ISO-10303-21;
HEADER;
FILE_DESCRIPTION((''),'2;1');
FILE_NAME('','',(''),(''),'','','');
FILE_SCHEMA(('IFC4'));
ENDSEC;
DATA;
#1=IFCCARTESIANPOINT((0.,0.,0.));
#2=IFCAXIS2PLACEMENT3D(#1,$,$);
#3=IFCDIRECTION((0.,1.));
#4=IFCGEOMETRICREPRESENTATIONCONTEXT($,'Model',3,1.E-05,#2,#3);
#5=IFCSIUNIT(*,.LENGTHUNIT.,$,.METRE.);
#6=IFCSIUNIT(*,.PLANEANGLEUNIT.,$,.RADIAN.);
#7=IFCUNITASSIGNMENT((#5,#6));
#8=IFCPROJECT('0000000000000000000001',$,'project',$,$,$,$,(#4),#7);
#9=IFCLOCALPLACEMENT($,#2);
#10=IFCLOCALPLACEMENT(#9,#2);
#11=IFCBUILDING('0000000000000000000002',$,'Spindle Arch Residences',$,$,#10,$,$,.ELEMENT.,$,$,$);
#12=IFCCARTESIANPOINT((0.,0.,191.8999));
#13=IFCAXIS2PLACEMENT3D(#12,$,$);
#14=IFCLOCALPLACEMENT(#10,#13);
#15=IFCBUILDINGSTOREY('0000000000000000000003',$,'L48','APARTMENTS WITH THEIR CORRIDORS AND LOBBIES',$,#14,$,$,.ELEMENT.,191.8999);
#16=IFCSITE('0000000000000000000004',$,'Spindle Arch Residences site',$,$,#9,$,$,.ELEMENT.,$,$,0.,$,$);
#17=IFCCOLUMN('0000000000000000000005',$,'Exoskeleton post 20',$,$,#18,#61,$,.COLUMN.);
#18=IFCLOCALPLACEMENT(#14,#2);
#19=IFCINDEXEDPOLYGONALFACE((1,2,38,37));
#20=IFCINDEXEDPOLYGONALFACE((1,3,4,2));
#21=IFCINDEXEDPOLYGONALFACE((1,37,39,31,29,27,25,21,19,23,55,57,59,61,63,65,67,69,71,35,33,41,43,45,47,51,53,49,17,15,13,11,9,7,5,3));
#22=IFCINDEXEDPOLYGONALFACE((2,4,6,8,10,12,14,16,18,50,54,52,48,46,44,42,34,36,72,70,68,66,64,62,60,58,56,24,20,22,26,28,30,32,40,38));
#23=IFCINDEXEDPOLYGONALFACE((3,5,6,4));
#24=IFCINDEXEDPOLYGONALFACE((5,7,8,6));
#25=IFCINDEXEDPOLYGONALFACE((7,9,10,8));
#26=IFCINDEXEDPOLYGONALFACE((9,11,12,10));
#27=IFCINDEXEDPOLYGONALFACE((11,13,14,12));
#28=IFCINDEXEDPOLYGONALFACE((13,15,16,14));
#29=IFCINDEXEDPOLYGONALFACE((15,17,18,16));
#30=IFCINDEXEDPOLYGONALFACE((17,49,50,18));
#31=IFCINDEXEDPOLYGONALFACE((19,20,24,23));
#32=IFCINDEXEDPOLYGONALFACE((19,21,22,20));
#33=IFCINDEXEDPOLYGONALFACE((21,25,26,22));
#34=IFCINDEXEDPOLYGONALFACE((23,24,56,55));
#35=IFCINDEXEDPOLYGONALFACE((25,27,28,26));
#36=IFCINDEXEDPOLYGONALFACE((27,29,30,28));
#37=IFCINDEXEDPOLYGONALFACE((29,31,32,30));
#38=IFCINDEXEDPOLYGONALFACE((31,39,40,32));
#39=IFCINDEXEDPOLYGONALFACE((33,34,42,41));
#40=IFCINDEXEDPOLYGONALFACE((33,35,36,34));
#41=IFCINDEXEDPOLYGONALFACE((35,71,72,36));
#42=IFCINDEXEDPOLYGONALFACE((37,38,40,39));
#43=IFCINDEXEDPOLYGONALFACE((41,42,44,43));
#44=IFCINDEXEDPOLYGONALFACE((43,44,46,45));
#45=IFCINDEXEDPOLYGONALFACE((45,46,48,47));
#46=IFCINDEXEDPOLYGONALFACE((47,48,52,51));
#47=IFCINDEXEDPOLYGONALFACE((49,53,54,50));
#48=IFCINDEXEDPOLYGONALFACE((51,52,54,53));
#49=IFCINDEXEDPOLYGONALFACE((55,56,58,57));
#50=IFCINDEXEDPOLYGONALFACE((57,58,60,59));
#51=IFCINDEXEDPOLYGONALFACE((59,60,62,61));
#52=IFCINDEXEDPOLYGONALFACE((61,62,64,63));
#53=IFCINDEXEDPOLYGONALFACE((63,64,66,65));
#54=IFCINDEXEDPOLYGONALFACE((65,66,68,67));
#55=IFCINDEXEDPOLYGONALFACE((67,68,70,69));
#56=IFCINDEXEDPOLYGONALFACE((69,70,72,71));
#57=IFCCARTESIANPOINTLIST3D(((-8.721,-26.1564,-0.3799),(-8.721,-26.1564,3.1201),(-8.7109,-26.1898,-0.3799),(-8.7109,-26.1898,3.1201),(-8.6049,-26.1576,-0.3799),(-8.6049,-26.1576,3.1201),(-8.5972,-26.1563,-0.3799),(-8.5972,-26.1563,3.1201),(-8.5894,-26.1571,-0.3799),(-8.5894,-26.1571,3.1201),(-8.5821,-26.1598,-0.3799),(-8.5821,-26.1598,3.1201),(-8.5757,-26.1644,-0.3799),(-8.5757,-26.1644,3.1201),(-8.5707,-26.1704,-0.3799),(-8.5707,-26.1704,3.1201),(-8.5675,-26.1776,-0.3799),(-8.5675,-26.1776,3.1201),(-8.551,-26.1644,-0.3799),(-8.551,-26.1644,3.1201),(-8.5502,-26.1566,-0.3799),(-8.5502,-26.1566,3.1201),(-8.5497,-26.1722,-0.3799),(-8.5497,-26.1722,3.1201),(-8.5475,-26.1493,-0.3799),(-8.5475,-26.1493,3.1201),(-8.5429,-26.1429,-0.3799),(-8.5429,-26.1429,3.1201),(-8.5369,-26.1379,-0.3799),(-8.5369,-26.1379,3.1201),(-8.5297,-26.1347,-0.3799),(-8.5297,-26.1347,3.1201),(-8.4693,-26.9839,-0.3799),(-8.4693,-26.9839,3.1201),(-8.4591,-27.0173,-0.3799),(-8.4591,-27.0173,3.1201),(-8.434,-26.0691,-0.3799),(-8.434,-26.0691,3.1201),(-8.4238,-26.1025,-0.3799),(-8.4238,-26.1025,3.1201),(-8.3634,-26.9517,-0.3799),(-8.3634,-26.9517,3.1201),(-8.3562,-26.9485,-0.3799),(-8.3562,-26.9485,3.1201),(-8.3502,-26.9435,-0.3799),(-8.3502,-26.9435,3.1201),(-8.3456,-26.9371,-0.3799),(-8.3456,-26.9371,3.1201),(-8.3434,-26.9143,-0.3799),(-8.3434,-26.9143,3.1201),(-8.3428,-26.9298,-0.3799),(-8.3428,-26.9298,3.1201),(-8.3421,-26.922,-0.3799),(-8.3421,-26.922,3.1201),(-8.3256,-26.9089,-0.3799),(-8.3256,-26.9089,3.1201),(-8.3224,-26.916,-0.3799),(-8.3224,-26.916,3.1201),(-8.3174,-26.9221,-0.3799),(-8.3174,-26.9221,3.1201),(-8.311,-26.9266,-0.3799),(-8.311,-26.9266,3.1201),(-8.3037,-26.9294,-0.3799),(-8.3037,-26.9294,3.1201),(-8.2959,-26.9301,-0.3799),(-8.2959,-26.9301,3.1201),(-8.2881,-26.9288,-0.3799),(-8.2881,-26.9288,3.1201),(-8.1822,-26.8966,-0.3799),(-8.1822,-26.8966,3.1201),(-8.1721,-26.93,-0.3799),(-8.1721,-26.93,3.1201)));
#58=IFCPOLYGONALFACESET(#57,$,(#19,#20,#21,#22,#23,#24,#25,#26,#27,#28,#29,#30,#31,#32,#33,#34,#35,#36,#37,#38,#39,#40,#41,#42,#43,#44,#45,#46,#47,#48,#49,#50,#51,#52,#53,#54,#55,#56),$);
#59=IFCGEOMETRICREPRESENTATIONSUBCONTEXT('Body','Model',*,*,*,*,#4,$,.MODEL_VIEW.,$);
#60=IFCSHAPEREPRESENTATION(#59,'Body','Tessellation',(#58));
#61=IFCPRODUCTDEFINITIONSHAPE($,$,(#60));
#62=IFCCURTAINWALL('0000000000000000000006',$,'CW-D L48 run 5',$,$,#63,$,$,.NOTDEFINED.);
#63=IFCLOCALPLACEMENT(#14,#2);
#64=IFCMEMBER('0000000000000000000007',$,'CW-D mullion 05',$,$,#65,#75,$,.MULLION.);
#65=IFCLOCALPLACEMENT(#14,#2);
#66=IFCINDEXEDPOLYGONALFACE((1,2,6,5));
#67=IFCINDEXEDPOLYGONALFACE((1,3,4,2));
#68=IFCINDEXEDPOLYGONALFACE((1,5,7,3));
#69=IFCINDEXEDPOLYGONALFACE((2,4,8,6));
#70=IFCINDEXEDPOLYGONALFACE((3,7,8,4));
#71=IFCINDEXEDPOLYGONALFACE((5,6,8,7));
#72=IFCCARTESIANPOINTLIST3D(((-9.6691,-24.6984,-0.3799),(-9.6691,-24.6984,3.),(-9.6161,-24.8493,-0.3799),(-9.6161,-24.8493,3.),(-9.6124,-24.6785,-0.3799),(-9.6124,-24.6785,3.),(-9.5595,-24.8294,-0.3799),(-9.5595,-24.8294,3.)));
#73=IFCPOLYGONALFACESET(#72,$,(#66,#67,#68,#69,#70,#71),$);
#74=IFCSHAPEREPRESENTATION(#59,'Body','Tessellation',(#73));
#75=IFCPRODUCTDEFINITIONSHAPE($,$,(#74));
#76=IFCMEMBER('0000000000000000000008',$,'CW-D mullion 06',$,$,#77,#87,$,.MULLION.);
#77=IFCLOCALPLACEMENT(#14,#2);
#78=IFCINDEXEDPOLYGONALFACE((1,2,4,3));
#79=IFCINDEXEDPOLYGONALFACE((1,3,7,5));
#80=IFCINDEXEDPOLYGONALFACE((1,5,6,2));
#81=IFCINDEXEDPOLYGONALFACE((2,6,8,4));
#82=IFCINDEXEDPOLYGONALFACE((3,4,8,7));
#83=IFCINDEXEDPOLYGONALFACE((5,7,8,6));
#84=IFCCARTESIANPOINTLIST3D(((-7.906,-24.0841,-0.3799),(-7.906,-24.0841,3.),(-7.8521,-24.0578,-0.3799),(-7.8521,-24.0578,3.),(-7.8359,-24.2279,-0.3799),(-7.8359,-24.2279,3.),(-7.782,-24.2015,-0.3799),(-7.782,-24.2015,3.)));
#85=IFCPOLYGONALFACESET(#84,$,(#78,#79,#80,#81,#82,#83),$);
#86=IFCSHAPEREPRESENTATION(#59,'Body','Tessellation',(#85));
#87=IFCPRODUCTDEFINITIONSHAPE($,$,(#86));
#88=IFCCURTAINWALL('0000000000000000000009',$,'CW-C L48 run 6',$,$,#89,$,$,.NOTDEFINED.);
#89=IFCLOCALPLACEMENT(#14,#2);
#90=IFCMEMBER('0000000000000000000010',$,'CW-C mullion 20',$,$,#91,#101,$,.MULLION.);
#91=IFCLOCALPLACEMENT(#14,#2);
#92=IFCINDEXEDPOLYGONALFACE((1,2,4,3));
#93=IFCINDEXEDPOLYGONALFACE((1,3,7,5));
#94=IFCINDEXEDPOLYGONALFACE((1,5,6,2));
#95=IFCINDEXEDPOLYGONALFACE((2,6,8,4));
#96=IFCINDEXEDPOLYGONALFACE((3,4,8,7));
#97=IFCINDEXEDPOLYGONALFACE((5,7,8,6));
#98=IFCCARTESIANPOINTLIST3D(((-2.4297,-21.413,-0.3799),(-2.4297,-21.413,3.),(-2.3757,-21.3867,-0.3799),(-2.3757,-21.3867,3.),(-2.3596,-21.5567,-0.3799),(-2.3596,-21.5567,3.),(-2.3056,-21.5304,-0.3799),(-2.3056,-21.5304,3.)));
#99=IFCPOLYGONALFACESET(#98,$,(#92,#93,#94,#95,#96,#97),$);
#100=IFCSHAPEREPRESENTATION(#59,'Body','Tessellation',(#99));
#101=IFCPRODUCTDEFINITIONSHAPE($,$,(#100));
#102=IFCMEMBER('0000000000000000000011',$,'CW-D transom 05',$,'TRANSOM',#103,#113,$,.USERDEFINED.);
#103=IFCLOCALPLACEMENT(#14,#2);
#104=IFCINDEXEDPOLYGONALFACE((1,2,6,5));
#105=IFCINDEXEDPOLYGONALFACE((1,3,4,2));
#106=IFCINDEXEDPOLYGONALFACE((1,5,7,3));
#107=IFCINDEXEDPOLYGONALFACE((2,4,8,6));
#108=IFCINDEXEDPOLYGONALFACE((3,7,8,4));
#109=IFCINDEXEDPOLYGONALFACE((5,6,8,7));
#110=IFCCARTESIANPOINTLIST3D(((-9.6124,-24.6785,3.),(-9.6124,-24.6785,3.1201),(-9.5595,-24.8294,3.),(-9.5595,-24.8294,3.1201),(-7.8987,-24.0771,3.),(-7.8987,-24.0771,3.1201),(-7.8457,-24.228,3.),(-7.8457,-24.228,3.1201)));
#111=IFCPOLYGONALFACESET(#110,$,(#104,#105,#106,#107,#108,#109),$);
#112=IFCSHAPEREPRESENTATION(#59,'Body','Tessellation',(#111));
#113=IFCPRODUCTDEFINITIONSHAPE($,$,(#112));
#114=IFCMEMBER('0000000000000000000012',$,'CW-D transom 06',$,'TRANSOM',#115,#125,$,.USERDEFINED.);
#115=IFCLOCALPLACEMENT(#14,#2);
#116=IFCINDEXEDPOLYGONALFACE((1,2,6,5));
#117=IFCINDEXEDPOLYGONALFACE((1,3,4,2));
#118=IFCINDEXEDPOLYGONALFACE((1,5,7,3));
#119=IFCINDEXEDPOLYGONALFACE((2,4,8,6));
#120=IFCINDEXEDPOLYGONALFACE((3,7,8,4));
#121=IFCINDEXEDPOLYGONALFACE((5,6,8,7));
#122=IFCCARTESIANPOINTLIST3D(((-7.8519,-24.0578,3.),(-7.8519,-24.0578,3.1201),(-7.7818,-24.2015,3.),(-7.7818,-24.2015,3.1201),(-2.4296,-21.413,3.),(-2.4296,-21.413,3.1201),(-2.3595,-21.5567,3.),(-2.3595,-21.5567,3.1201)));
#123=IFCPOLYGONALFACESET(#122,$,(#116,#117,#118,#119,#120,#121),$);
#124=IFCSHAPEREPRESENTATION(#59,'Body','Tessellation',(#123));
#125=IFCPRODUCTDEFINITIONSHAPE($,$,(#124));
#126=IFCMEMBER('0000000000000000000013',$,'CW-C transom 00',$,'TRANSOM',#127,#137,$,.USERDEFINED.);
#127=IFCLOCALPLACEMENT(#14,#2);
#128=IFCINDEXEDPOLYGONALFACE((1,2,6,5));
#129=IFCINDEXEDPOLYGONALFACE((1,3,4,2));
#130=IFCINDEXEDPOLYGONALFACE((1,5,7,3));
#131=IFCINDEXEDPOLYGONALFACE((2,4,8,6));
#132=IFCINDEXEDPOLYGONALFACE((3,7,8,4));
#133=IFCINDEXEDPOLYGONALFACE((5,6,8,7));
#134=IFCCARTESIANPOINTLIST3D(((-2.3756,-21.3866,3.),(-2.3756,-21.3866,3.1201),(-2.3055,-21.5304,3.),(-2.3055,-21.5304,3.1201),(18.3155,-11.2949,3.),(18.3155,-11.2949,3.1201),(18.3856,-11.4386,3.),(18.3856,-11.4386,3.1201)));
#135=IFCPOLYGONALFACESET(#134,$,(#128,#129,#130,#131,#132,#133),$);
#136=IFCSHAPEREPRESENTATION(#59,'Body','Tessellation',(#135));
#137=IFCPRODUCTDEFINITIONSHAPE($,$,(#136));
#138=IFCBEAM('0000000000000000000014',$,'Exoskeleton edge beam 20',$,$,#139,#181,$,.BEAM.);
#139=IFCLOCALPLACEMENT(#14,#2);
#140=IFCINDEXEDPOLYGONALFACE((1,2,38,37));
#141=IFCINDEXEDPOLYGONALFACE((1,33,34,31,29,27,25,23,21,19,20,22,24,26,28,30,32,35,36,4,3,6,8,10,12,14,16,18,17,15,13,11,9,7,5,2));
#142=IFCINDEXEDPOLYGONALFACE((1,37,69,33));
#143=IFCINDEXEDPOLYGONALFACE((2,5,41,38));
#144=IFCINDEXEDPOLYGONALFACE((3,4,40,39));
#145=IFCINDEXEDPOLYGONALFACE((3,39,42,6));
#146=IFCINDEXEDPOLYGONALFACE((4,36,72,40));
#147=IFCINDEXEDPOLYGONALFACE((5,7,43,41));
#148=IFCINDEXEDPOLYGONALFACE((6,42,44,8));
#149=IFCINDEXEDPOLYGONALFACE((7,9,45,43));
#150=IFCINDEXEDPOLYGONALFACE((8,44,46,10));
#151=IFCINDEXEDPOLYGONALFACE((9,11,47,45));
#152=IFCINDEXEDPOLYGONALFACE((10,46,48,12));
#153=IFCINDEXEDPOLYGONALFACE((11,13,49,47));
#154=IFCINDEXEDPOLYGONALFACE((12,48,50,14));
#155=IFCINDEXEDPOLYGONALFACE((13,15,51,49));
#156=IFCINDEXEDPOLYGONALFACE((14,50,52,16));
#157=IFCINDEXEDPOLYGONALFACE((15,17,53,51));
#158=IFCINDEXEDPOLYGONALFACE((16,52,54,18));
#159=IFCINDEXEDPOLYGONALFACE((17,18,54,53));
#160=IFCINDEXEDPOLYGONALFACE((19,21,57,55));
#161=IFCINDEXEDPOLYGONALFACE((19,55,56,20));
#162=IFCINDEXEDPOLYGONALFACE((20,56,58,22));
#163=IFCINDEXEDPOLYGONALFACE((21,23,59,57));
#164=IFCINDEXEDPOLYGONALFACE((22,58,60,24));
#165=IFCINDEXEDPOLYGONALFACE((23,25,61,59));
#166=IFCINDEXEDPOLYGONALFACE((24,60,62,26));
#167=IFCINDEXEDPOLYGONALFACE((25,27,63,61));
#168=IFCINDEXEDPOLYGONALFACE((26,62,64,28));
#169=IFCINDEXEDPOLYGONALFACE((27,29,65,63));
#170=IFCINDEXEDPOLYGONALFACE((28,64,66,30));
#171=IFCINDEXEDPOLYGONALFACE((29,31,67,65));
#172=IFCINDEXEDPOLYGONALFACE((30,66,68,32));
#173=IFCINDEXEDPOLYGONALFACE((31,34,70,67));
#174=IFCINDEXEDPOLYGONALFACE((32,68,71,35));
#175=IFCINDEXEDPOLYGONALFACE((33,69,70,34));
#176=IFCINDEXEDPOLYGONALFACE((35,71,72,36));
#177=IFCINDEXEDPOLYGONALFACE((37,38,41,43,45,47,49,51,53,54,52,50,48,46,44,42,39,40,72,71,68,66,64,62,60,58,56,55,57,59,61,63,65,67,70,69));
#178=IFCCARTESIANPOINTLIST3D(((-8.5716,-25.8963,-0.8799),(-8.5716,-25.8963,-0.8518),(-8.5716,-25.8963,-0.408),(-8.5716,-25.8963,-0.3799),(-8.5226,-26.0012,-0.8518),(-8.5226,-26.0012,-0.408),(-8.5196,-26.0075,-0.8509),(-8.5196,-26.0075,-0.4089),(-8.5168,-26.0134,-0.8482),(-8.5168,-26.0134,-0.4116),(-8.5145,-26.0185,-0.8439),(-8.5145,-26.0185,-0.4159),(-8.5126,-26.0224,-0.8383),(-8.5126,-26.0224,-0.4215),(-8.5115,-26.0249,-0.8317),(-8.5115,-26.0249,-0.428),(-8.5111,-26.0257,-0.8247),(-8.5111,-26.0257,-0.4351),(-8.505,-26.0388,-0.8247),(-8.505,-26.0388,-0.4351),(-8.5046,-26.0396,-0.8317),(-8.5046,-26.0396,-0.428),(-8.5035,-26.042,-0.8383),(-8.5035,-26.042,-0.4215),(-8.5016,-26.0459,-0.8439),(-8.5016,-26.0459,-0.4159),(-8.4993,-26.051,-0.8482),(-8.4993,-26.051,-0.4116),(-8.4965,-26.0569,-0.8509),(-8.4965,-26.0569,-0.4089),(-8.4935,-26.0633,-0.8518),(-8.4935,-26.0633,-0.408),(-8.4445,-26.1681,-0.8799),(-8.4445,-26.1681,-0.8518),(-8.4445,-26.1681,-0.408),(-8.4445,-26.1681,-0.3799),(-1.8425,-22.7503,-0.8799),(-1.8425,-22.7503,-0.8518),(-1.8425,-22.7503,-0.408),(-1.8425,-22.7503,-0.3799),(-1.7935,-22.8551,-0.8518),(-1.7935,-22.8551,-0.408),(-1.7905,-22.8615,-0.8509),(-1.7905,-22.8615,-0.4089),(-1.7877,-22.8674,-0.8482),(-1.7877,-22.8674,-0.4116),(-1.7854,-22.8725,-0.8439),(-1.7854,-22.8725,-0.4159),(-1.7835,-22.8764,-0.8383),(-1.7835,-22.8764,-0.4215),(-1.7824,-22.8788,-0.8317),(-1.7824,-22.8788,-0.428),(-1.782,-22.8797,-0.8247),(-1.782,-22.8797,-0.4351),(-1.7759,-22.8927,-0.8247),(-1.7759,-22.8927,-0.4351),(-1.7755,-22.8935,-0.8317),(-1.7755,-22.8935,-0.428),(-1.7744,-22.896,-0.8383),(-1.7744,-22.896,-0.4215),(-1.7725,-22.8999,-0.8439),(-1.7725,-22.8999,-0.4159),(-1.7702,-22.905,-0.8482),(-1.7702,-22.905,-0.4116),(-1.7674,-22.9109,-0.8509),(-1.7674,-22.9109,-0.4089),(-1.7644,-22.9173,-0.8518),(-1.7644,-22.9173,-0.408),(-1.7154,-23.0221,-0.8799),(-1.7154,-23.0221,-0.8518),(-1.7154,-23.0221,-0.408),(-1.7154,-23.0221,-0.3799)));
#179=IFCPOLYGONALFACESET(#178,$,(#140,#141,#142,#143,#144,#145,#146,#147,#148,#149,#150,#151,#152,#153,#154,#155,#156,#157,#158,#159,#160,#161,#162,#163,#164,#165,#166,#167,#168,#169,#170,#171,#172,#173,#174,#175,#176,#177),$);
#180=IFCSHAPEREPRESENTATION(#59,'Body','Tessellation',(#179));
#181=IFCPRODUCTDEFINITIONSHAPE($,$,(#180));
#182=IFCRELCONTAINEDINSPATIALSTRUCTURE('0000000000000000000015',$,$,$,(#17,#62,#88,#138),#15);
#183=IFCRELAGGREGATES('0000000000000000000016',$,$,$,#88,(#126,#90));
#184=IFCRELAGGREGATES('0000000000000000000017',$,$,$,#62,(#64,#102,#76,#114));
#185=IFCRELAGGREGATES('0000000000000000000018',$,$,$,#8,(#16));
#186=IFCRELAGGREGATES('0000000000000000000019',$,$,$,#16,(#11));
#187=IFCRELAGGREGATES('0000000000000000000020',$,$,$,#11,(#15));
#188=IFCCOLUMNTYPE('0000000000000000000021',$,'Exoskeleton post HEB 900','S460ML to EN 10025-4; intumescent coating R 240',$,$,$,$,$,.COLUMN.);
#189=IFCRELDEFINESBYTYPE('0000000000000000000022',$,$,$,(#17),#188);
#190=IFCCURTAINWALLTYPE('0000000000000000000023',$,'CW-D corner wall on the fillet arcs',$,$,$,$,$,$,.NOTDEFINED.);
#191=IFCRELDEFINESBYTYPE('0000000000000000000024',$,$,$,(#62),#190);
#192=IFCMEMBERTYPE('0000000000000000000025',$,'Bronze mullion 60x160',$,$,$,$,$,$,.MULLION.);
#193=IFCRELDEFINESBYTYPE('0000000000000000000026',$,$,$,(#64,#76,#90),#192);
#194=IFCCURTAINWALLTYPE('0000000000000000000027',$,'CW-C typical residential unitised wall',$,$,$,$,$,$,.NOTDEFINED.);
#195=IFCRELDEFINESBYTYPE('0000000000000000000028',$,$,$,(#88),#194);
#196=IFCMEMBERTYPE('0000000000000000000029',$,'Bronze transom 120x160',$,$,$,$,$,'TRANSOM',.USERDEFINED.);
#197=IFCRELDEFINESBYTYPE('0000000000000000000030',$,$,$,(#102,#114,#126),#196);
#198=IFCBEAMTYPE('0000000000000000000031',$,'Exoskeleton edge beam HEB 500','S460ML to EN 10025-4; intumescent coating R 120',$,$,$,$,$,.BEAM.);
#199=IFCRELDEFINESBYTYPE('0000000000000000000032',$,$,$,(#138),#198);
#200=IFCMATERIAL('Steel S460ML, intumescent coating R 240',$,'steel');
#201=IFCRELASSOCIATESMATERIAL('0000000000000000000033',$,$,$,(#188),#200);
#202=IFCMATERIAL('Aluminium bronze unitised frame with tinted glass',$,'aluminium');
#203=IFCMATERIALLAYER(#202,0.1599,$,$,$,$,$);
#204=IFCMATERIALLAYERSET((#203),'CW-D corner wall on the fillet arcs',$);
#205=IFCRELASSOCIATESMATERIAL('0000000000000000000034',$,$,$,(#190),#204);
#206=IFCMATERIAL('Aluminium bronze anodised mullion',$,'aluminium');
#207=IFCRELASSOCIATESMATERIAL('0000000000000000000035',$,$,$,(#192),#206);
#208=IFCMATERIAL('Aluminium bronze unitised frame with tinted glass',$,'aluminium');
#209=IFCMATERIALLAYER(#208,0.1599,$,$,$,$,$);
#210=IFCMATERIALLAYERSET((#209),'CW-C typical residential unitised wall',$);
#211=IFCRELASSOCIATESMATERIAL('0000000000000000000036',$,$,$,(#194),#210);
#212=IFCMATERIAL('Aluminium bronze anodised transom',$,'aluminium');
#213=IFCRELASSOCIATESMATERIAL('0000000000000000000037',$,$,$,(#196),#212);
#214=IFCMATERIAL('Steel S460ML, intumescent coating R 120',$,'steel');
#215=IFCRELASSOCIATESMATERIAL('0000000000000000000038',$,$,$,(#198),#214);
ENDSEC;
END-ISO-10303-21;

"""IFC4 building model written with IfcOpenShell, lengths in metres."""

from ifc_helpers import new_model, si_unit, direction, frame, origin, origin_2d, place, context, subcontext, project, spatial, rectangle, i_section, extrude, material, layer, layer_set, material_profile, profile_set, type_object, element, aggregate, save


model = new_model("IFC4")

# Units and contexts
model_context = context("Model", 3, precision=1e-05, world=origin(), true_north=direction((0.0, 1.0)))
body_context = subcontext(model_context, "Body", "Model", "MODEL_VIEW")
ifc_project = project(units=[si_unit("LENGTHUNIT", "METRE"), si_unit("PLANEANGLEUNIT", "RADIAN")], contexts=[model_context])

# Site, building, storey
site_placement = place(None, origin())
site = spatial("IfcSite", under=ifc_project, at=site_placement, Name="Spindle Arch Residences site", CompositionType="ELEMENT", RefElevation=0.0)
building_placement = place(site_placement, origin())
building = spatial("IfcBuilding", under=site, at=building_placement, Name="Spindle Arch Residences", CompositionType="ELEMENT")
storey_placement = place(building_placement, frame((0.0, 0.0, 191.8999)))
storey = spatial("IfcBuildingStorey", under=building, at=storey_placement, Name="L48", Description="APARTMENTS WITH THEIR CORRIDORS AND LOBBIES", CompositionType="ELEMENT", Elevation=191.8999)

# Column
ifc_material_1 = material(Name="Steel S460ML, intumescent coating R 240", Category="steel")
ifc_material_profile_1 = material_profile(ifc_material_1, i_section(OverallWidth=0.3, OverallDepth=0.8999, WebThickness=0.0186, FlangeThickness=0.0349, FilletRadius=0.03, at=origin_2d()), Name="HEB 900")
ifc_profile_set_1 = profile_set([ifc_material_profile_1], Name="Steel S460ML, intumescent coating R 240")
column_type = type_object("IfcColumnType", Name="Exoskeleton post HEB 900", Description="S460ML to EN 10025-4; intumescent coating R 240", PredefinedType="COLUMN", material=ifc_profile_set_1)
column_placement = place(storey_placement, frame((-8.4465, -26.5432, -0.3799), z_axis=(0.0, 0.0, 1.0), x_axis=(-0.956715, -0.291028, 0.0)))
element("IfcColumn", 1, at=column_placement, inside=storey, type_object=column_type, Name="Exoskeleton post 20", PredefinedType="COLUMN", context=body_context, shape_type="SweptSolid", body=[
    extrude(i_section(OverallWidth=0.3, OverallDepth=0.8999, WebThickness=0.0186, FlangeThickness=0.0349, FilletRadius=0.03, at=origin_2d()), origin(), (0.0, 0.0, 1.0), 3.5),
])

# Curtain wall, members
ifc_material_2 = material(Name="Aluminium bronze unitised frame with tinted glass", Category="aluminium")
ifc_layer_1 = layer(ifc_material_2, 0.1599)
ifc_layer_set_1 = layer_set([ifc_layer_1], Name="CW-D corner wall on the fillet arcs")
curtain_wall_type_1 = type_object("IfcCurtainWallType", Name="CW-D corner wall on the fillet arcs", PredefinedType="NOTDEFINED", material=ifc_layer_set_1)
curtain_wall_1_placement = place(storey_placement, origin())
curtain_wall_1 = element("IfcCurtainWall", 2, at=curtain_wall_1_placement, inside=storey, type_object=curtain_wall_type_1, Name="CW-D L48 run 5", PredefinedType="NOTDEFINED")
ifc_material_3 = material(Name="Aluminium bronze anodised mullion", Category="aluminium")
ifc_material_profile_2 = material_profile(ifc_material_3, rectangle(XDim=0.1599, YDim=0.0601, at=origin_2d()), Name="MU 60x160")
ifc_profile_set_2 = profile_set([ifc_material_profile_2], Name="Aluminium bronze anodised mullion")
member_type_1 = type_object("IfcMemberType", Name="Bronze mullion 60x160", PredefinedType="MULLION", material=ifc_profile_set_2)
member_1_placement = place(storey_placement, frame((-9.6143, -24.7639, -0.3799), z_axis=(0.0, 0.0, 1.0), x_axis=(-0.331063, 0.943609, 0.0)))
member_1 = element("IfcMember", 3, at=member_1_placement, type_object=member_type_1, Name="CW-D mullion 05", PredefinedType="MULLION", context=body_context, shape_type="SweptSolid", body=[
    extrude(rectangle(XDim=0.1599, YDim=0.0601, at=origin_2d()), origin(), (0.0, 0.0, 1.0), 3.3799),
])
member_2_placement = place(storey_placement, frame((-7.844, -24.1428, -0.3799), z_axis=(0.0, 0.0, 1.0), x_axis=(-0.438371, 0.898794, 0.0)))
member_2 = element("IfcMember", 4, at=member_2_placement, type_object=member_type_1, Name="CW-D mullion 06", PredefinedType="MULLION", context=body_context, shape_type="SweptSolid", body=[
    extrude(rectangle(XDim=0.1599, YDim=0.0601, at=origin_2d()), origin(), (0.0, 0.0, 1.0), 3.3799),
])

# Curtain wall, member
ifc_material_4 = material(Name="Aluminium bronze unitised frame with tinted glass", Category="aluminium")
ifc_layer_2 = layer(ifc_material_4, 0.1599)
ifc_layer_set_2 = layer_set([ifc_layer_2], Name="CW-C typical residential unitised wall")
curtain_wall_type_2 = type_object("IfcCurtainWallType", Name="CW-C typical residential unitised wall", PredefinedType="NOTDEFINED", material=ifc_layer_set_2)
curtain_wall_2_placement = place(storey_placement, origin())
curtain_wall_2 = element("IfcCurtainWall", 5, at=curtain_wall_2_placement, inside=storey, type_object=curtain_wall_type_2, Name="CW-C L48 run 6", PredefinedType="NOTDEFINED")
member_3_placement = place(storey_placement, frame((-2.3677, -21.4717, -0.3799), z_axis=(0.0, 0.0, 1.0), x_axis=(-0.438371, 0.898794, 0.0)))
member_3 = element("IfcMember", 6, at=member_3_placement, type_object=member_type_1, Name="CW-C mullion 20", PredefinedType="MULLION", context=body_context, shape_type="SweptSolid", body=[
    extrude(rectangle(XDim=0.1599, YDim=0.0601, at=origin_2d()), origin(), (0.0, 0.0, 1.0), 3.3799),
])

# Members
ifc_material_5 = material(Name="Aluminium bronze anodised transom", Category="aluminium")
ifc_material_profile_3 = material_profile(ifc_material_5, rectangle(XDim=0.1599, YDim=0.1201, at=origin_2d()), Name="TR 120x160")
ifc_profile_set_3 = profile_set([ifc_material_profile_3], Name="Aluminium bronze anodised transom")
member_type_2 = type_object("IfcMemberType", Name="Bronze transom 120x160", ElementType="TRANSOM", PredefinedType="USERDEFINED", material=ifc_profile_set_3)
member_4_placement = place(storey_placement, frame((-9.5859, -24.7539, 3.0601), z_axis=(0.943592, 0.331111, 0.0), x_axis=(-0.331111, 0.943592, 0.0)))
member_4 = element("IfcMember", 7, at=member_4_placement, type_object=member_type_2, Name="CW-D transom 05", ObjectType="TRANSOM", PredefinedType="USERDEFINED", context=body_context, shape_type="SweptSolid", body=[
    extrude(rectangle(XDim=0.1599, YDim=0.1201, at=origin_2d()), origin(), (0.0, 0.0, 1.0), 1.8162),
])
member_5_placement = place(storey_placement, frame((-7.8169, -24.1296, 3.0601), z_axis=(0.898787, 0.438386, 0.0), x_axis=(-0.438386, 0.898787, 0.0)))
member_5 = element("IfcMember", 8, at=member_5_placement, type_object=member_type_2, Name="CW-D transom 06", ObjectType="TRANSOM", PredefinedType="USERDEFINED", context=body_context, shape_type="SweptSolid", body=[
    extrude(rectangle(XDim=0.1599, YDim=0.1201, at=origin_2d()), origin(), (0.0, 0.0, 1.0), 6.033),
])
member_6_placement = place(storey_placement, frame((-2.3406, -21.4585, 3.0601), z_axis=(0.898793, 0.438373, 0.0), x_axis=(-0.438373, 0.898793, 0.0)))
member_6 = element("IfcMember", 9, at=member_6_placement, type_object=member_type_2, Name="CW-C transom 00", ObjectType="TRANSOM", PredefinedType="USERDEFINED", context=body_context, shape_type="SweptSolid", body=[
    extrude(rectangle(XDim=0.1599, YDim=0.1201, at=origin_2d()), origin(), (0.0, 0.0, 1.0), 23.021),
])
aggregate(curtain_wall_2, [member_6, member_3])

# Beam
ifc_material_6 = material(Name="Steel S460ML, intumescent coating R 120", Category="steel")
ifc_material_profile_4 = material_profile(ifc_material_6, i_section(OverallWidth=0.3, OverallDepth=0.5, WebThickness=0.0144, FlangeThickness=0.0281, FilletRadius=0.0271, at=origin_2d()), Name="HEB 500")
ifc_profile_set_4 = profile_set([ifc_material_profile_4], Name="Steel S460ML, intumescent coating R 120")
beam_type_1 = type_object("IfcBeamType", Name="Exoskeleton edge beam HEB 500", Description="S460ML to EN 10025-4; intumescent coating R 120", PredefinedType="BEAM", material=ifc_profile_set_4)
beam_1_placement = place(storey_placement, frame((-8.5081, -26.0322, -0.6299), z_axis=(0.905884, 0.423526, 0.0), x_axis=(-0.423526, 0.905884, 0.0)))
element("IfcBeam", 10, at=beam_1_placement, inside=storey, type_object=beam_type_1, Name="Exoskeleton edge beam 20", PredefinedType="BEAM", context=body_context, shape_type="SweptSolid", body=[
    extrude(i_section(OverallWidth=0.3, OverallDepth=0.5, WebThickness=0.0144, FlangeThickness=0.0281, FilletRadius=0.0271, at=origin_2d()), origin(), (0.0, 0.0, 1.0), 7.4282),
])

aggregate(curtain_wall_1, [member_1, member_4, member_2, member_5])

save(model, "model.ifc")
